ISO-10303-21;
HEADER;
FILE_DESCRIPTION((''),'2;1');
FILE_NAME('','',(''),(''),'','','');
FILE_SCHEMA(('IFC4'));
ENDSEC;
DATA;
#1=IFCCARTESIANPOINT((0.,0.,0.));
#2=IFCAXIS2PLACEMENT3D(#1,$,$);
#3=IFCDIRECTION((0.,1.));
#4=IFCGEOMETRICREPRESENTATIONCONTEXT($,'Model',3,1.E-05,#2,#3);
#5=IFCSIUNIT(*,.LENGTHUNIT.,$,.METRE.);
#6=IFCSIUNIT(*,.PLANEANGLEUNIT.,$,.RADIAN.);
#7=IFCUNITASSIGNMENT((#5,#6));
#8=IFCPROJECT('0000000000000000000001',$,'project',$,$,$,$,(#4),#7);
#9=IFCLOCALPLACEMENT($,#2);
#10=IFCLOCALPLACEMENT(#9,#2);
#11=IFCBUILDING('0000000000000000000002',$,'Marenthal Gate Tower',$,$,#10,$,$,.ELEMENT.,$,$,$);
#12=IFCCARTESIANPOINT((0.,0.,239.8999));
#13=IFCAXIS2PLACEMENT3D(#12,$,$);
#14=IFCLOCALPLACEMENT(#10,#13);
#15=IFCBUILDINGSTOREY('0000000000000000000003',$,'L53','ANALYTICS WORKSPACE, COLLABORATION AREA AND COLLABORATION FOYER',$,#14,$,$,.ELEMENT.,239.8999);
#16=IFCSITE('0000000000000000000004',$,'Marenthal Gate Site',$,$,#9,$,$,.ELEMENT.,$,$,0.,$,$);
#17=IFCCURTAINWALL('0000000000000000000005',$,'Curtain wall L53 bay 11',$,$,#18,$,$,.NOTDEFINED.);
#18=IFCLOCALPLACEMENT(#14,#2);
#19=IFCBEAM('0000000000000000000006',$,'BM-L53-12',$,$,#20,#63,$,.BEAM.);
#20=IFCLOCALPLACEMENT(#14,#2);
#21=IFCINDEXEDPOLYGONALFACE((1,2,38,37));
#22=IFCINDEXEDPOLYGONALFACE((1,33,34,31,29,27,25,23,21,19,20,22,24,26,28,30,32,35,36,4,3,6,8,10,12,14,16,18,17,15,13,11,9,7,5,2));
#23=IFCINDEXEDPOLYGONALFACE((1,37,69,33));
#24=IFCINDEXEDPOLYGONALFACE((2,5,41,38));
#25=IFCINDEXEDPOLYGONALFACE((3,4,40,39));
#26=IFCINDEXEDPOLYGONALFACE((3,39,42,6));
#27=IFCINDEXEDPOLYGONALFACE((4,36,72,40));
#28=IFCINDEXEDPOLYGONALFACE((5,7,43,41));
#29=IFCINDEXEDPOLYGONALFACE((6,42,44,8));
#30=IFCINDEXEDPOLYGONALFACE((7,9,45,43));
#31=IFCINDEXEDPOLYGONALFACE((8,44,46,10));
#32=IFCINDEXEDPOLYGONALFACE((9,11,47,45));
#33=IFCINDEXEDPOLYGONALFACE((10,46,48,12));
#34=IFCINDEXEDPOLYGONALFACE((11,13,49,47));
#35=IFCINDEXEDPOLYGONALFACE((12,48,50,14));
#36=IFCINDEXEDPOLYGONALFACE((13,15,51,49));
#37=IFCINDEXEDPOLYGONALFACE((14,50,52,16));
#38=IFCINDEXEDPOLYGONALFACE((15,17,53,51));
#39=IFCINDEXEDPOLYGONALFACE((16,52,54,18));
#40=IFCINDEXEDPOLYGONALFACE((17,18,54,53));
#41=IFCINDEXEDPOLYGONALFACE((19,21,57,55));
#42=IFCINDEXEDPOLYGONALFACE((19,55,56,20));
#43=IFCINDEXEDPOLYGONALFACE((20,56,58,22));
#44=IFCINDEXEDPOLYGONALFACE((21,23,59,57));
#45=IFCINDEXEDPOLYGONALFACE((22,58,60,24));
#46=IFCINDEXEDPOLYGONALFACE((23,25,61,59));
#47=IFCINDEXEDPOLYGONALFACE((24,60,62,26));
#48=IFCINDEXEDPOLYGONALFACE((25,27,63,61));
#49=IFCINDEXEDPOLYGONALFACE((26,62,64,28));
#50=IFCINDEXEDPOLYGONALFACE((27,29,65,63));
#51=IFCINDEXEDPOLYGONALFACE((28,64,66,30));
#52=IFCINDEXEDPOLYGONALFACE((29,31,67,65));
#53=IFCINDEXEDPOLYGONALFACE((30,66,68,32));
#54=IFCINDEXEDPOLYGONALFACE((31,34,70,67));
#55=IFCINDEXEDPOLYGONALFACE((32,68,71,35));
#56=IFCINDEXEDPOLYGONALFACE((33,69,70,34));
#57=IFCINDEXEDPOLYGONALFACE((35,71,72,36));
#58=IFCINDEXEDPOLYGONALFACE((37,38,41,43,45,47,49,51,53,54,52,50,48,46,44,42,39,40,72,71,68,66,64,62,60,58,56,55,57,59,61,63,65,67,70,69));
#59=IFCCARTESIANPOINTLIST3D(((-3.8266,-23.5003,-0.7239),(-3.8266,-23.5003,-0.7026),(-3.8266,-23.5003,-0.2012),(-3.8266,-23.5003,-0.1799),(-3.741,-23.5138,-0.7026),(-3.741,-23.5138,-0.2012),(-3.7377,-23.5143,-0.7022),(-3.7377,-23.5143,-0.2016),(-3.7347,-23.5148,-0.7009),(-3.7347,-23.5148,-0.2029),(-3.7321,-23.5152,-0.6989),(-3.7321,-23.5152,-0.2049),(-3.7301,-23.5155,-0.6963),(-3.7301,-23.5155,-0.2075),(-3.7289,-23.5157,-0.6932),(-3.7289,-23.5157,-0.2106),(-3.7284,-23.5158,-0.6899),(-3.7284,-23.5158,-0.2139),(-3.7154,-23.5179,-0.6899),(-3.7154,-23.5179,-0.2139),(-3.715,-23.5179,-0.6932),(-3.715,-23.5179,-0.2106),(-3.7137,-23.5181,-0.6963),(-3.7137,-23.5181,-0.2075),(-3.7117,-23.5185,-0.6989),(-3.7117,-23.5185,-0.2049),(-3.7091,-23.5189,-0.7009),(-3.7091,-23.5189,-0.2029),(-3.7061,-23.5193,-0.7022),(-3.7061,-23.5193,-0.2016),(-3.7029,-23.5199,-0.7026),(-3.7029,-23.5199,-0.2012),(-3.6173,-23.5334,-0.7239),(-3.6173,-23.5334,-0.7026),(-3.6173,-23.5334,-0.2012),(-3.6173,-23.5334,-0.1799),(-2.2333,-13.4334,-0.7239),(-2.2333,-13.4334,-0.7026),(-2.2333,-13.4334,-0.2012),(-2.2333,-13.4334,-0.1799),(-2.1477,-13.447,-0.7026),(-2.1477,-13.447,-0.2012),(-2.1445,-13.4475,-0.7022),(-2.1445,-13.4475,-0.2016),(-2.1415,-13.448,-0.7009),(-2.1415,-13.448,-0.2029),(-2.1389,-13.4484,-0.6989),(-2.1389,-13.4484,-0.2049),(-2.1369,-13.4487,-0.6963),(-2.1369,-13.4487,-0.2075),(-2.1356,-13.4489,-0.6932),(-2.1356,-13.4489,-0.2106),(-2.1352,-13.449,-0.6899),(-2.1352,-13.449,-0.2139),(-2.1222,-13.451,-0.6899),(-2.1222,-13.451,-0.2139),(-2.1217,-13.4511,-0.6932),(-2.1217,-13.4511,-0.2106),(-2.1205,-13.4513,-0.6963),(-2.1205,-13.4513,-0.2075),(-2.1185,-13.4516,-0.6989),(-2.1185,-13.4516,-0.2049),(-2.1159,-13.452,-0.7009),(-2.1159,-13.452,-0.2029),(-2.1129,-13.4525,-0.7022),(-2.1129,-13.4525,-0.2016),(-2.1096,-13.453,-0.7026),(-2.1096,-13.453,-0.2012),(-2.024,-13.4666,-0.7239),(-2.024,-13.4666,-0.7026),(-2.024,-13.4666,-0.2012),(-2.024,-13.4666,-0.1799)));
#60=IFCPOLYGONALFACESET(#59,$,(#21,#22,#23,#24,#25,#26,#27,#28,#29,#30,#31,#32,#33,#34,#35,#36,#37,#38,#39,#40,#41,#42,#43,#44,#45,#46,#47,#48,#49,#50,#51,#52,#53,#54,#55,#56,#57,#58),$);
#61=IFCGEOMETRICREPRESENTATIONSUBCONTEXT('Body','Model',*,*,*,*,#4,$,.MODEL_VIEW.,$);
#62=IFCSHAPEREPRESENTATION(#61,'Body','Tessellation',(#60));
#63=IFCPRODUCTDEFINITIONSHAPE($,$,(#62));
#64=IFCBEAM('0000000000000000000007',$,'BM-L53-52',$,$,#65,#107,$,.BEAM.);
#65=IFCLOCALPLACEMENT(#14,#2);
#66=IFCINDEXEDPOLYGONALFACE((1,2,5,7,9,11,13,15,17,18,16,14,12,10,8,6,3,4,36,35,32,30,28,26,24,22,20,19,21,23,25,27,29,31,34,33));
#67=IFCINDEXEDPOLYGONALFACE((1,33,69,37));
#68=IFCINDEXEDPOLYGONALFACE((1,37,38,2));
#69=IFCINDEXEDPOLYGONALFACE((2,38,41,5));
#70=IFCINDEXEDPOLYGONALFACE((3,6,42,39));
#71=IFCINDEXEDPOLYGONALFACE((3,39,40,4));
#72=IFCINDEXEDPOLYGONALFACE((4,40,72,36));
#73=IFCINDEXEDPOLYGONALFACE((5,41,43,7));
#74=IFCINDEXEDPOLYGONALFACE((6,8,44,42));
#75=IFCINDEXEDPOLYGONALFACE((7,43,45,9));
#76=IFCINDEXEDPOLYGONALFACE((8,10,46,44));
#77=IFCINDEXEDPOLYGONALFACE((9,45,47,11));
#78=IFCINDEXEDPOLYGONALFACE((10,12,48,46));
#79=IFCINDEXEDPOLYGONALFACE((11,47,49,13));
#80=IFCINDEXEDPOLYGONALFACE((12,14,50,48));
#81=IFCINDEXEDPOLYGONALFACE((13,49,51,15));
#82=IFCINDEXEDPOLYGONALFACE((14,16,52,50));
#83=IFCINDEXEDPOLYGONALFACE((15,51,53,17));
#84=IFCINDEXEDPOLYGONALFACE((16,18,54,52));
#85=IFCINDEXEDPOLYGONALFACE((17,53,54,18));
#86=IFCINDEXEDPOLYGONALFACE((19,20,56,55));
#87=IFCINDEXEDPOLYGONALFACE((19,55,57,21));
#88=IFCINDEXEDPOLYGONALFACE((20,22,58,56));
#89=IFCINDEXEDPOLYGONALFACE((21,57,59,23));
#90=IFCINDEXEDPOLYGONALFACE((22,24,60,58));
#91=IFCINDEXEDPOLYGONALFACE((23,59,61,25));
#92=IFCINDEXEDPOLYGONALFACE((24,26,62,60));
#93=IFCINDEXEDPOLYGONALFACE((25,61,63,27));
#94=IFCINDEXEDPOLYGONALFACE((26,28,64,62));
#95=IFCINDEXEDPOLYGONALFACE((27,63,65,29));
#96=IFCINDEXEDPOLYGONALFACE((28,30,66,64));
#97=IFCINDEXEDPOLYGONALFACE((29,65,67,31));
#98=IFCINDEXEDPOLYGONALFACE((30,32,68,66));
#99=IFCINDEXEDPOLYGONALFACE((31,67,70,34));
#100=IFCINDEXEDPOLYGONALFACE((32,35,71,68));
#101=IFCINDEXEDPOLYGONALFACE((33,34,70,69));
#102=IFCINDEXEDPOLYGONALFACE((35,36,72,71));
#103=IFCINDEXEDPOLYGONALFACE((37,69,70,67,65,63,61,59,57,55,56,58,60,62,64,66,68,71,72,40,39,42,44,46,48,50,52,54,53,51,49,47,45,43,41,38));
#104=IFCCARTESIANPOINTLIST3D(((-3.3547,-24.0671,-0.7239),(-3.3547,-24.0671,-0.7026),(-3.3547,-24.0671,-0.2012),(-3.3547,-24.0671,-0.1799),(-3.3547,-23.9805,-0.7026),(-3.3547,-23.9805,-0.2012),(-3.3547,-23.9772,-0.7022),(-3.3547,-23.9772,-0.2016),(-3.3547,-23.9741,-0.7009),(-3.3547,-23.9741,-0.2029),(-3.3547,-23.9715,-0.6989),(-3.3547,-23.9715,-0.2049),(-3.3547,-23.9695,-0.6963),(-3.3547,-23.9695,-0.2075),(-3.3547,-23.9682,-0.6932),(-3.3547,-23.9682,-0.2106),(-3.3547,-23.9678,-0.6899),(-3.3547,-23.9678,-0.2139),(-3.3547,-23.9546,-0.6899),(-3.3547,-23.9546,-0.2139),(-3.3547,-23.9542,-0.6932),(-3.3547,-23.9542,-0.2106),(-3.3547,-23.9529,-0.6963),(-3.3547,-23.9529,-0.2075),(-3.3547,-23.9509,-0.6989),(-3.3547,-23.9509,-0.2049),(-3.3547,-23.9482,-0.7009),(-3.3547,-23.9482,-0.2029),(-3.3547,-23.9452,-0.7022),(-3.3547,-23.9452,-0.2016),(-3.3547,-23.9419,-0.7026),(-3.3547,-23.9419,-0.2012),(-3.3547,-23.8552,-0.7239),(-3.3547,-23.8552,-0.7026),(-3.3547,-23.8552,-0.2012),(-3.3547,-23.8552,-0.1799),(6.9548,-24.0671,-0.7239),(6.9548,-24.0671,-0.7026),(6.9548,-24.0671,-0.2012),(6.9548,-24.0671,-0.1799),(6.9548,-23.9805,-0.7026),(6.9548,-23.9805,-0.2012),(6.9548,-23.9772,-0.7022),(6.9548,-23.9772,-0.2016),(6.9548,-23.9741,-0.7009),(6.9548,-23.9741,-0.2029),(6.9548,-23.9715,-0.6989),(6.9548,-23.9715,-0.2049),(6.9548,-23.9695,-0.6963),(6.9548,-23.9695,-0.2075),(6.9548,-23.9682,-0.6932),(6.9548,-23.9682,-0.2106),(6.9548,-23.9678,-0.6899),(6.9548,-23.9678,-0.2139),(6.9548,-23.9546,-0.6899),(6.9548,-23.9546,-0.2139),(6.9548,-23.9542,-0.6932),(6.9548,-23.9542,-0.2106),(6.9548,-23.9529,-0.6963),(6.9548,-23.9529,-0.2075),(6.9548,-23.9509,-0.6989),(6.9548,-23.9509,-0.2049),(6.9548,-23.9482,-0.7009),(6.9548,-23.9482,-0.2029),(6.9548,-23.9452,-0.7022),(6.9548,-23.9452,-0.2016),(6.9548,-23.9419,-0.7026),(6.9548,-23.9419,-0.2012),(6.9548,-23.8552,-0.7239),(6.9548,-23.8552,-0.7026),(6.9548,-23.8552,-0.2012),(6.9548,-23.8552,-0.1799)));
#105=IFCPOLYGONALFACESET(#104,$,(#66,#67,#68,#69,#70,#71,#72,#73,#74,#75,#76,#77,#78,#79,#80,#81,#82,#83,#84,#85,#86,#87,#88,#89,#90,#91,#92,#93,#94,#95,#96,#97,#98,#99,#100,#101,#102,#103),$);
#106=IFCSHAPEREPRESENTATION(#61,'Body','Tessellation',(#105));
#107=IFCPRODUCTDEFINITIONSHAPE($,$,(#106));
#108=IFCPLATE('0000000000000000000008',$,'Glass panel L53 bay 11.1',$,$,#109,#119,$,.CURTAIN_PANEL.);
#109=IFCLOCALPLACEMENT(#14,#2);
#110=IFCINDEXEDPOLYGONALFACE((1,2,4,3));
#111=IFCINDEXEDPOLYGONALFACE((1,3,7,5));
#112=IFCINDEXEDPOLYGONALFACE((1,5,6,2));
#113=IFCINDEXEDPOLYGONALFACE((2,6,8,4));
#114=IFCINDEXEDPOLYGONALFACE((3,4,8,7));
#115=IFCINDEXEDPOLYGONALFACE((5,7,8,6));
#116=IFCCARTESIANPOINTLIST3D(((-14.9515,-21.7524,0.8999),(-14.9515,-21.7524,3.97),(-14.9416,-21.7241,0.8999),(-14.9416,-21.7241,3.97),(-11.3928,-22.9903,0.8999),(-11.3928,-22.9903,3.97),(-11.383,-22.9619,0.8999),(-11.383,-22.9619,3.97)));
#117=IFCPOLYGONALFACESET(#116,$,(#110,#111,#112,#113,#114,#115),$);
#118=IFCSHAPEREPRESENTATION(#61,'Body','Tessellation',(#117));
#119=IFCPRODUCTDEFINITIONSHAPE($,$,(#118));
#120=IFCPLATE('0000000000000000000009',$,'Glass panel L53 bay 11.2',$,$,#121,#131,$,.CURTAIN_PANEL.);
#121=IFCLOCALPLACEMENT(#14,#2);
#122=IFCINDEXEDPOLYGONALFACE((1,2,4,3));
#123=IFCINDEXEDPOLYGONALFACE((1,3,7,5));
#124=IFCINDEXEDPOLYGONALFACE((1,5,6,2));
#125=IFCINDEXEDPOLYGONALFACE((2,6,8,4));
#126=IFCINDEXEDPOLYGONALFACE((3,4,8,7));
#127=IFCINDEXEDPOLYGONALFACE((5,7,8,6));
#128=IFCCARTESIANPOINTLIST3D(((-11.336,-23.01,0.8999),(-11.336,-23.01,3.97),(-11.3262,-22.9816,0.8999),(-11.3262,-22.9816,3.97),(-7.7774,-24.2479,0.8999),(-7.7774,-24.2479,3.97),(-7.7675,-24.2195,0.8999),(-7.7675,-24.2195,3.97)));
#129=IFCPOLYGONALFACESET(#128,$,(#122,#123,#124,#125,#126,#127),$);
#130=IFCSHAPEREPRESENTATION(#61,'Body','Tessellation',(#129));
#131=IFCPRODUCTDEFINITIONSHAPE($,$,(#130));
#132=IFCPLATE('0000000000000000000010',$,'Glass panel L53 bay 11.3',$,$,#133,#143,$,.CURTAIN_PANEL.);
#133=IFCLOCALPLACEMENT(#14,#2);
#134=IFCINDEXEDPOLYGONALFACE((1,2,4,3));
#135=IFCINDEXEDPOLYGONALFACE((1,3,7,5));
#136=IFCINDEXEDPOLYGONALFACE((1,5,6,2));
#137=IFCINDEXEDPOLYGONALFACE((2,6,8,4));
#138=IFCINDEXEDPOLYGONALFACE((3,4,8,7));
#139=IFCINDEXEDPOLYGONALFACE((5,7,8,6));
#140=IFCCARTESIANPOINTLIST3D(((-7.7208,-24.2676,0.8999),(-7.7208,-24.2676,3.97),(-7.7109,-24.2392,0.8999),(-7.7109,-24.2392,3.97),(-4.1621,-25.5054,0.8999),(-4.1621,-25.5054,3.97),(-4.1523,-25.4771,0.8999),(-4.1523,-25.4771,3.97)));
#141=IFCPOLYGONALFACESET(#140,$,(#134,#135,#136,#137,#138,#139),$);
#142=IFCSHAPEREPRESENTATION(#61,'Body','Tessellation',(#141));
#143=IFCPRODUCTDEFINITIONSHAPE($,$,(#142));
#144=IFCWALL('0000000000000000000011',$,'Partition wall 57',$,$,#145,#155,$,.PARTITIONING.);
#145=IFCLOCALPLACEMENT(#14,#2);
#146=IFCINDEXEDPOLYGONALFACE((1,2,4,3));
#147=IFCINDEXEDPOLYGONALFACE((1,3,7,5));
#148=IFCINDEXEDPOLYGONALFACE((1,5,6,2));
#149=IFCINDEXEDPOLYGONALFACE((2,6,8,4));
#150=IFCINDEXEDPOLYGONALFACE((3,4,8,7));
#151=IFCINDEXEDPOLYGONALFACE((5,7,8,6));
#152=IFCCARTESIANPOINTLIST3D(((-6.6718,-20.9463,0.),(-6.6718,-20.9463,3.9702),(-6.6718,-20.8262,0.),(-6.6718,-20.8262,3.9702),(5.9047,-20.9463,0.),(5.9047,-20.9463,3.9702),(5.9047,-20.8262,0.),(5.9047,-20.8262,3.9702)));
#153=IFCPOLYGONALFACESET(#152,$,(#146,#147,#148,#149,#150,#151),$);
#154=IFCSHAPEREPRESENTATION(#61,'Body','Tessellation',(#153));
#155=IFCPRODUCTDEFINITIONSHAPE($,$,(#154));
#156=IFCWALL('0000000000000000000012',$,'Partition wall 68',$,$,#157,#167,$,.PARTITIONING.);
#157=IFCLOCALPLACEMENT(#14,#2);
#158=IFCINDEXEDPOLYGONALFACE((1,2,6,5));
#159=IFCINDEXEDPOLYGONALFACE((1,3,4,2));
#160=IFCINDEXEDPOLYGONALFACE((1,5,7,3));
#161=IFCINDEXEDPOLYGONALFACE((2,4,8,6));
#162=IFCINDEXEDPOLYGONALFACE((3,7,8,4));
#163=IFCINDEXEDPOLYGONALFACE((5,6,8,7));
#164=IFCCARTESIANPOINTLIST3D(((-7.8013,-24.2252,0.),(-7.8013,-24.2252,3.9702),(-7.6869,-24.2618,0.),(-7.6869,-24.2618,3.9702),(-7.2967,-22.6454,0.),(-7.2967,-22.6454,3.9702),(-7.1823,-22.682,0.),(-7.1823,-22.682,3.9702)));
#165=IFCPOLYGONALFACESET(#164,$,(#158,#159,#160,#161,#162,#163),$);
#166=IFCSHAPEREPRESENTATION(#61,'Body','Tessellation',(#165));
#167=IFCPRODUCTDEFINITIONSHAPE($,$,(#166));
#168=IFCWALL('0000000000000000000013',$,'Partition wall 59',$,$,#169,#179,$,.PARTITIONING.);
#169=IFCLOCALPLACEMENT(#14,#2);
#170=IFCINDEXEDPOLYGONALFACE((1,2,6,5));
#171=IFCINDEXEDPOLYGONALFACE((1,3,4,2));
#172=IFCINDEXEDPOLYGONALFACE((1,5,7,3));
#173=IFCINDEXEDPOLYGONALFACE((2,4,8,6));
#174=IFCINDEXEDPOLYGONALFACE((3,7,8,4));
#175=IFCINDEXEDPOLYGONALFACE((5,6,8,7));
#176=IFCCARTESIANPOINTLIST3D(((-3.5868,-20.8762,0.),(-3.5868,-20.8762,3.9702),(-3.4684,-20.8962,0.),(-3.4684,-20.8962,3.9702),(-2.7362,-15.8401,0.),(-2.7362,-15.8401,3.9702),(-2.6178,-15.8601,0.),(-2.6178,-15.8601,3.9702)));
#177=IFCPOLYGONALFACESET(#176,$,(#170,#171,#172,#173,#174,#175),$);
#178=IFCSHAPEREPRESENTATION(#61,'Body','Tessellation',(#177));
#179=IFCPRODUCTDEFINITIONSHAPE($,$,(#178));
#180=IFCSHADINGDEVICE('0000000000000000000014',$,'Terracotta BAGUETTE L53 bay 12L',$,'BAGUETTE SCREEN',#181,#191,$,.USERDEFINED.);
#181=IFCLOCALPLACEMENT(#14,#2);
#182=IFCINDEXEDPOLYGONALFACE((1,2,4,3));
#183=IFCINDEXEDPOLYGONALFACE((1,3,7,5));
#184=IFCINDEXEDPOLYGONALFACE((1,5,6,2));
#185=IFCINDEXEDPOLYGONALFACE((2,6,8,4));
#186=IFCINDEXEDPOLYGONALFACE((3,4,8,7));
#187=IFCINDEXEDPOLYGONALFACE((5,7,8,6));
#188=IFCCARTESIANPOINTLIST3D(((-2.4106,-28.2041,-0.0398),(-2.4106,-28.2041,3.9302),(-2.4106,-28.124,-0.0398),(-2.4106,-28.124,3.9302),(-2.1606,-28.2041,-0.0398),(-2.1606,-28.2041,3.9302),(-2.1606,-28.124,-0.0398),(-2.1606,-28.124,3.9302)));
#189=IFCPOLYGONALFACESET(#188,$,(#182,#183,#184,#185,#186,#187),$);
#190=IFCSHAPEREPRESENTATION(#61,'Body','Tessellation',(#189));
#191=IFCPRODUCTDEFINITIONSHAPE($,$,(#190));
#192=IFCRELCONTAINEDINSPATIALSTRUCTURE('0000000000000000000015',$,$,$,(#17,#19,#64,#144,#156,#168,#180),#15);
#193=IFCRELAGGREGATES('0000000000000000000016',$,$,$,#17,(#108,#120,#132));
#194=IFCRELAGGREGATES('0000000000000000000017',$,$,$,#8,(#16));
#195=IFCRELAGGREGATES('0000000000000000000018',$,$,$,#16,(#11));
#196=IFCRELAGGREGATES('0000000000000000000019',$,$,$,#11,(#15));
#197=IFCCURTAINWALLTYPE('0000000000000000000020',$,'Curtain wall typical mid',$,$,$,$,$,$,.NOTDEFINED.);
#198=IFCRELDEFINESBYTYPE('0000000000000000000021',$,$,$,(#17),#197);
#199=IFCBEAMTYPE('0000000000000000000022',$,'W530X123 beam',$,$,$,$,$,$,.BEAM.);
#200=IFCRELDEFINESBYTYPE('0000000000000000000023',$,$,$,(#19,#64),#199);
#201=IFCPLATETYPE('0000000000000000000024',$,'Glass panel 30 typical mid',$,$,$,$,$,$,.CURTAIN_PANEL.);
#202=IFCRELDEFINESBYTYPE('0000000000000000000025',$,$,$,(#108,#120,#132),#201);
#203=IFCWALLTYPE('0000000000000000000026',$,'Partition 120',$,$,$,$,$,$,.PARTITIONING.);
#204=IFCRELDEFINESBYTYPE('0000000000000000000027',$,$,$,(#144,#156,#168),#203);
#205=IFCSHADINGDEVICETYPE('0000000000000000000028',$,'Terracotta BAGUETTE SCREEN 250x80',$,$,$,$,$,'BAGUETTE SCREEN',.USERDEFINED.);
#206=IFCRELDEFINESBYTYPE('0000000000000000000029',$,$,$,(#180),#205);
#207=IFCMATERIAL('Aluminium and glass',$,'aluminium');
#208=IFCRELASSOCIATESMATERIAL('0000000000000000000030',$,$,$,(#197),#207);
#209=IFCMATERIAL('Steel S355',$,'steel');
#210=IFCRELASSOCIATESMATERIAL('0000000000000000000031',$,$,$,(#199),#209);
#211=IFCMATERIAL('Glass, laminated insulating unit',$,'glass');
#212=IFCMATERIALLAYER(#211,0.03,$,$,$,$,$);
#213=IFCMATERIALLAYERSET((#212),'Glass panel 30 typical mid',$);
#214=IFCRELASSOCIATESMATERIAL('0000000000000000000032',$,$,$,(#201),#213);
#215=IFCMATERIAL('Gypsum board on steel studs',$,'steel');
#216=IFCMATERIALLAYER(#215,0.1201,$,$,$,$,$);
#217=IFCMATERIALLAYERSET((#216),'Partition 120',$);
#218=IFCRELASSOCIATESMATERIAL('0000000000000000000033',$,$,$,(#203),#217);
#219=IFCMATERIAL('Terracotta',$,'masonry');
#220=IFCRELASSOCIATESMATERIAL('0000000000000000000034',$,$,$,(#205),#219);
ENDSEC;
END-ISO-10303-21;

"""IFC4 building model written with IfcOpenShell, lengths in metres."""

from ifc_helpers import new_model, si_unit, direction, frame, frame_2d, origin, origin_2d, place, context, subcontext, project, spatial, rectangle, i_section, extrude, material, layer, layer_set, material_profile, profile_set, type_object, element, aggregate, save


model = new_model("IFC4")

# Units and contexts
model_context = context("Model", 3, precision=1e-05, world=origin(), true_north=direction((0.0, 1.0)))
body_context = subcontext(model_context, "Body", "Model", "MODEL_VIEW")
ifc_project = project(units=[si_unit("LENGTHUNIT", "METRE"), si_unit("PLANEANGLEUNIT", "RADIAN")], contexts=[model_context])

# Site, building, storey
site_placement = place(None, origin())
site = spatial("IfcSite", under=ifc_project, at=site_placement, Name="Marenthal Gate Site", CompositionType="ELEMENT", RefElevation=0.0)
building_placement = place(site_placement, origin())
building = spatial("IfcBuilding", under=site, at=building_placement, Name="Marenthal Gate Tower", CompositionType="ELEMENT")
storey_placement = place(building_placement, frame((0.0, 0.0, 239.8999)))
storey = spatial("IfcBuildingStorey", under=building, at=storey_placement, Name="L53", Description="ANALYTICS WORKSPACE, COLLABORATION AREA AND COLLABORATION FOYER", CompositionType="ELEMENT", Elevation=239.8999)

# Curtain wall
ifc_material_1 = material(Name="Aluminium and glass", Category="aluminium")
curtain_wall_type = type_object("IfcCurtainWallType", Name="Curtain wall typical mid", PredefinedType="NOTDEFINED", material=ifc_material_1)
curtain_wall_placement = place(storey_placement, origin())
curtain_wall = element("IfcCurtainWall", 1, at=curtain_wall_placement, inside=storey, type_object=curtain_wall_type, Name="Curtain wall L53 bay 11", PredefinedType="NOTDEFINED")

# Beams
ifc_material_2 = material(Name="Steel S355", Category="steel")
ifc_material_profile_1 = material_profile(ifc_material_2, i_section(OverallWidth=0.2119, OverallDepth=0.5439, WebThickness=0.0132, FlangeThickness=0.0212, FilletRadius=0.0127, at=origin_2d()), Name="W530X123")
ifc_profile_set_1 = profile_set([ifc_material_profile_1], Name="Steel S355")
beam_type_1 = type_object("IfcBeamType", Name="W530X123 beam", PredefinedType="BEAM", material=ifc_profile_set_1)
beam_1_placement = place(storey_placement, frame((-3.7219, -23.5168, -0.4519), z_axis=(0.156322, 0.987706, 0.0), x_axis=(-0.987706, 0.156322, 0.0)))
element("IfcBeam", 2, at=beam_1_placement, inside=storey, type_object=beam_type_1, Name="BM-L53-12", PredefinedType="BEAM", context=body_context, shape_type="SweptSolid", body=[
    extrude(i_section(OverallWidth=0.2119, OverallDepth=0.5439, WebThickness=0.0132, FlangeThickness=0.0212, FilletRadius=0.0127, at=origin_2d()), origin(), (0.0, 0.0, 1.0), 10.1921),
])
beam_2_placement = place(storey_placement, frame((-3.3547, -23.9612, -0.4519), z_axis=(1.0, 0.0, 0.0), x_axis=(0.0, 1.0, 0.0)))
element("IfcBeam", 3, at=beam_2_placement, inside=storey, type_object=beam_type_1, Name="BM-L53-52", PredefinedType="BEAM", context=body_context, shape_type="SweptSolid", body=[
    extrude(i_section(OverallWidth=0.2119, OverallDepth=0.5439, WebThickness=0.0132, FlangeThickness=0.0212, FilletRadius=0.0127, at=origin_2d()), origin(), (0.0, 0.0, 1.0), 10.3096),
])

# Plates
ifc_material_3 = material(Name="Glass, laminated insulating unit", Category="glass")
ifc_layer_1 = layer(ifc_material_3, 0.03)
ifc_layer_set_1 = layer_set([ifc_layer_1], Name="Glass panel 30 typical mid")
plate_type = type_object("IfcPlateType", Name="Glass panel 30 typical mid", PredefinedType="CURTAIN_PANEL", material=ifc_layer_set_1)
plate_1_placement = place(storey_placement, frame((-13.1672, -22.3572, 0.8999), z_axis=(0.0, 0.0, 1.0), x_axis=(0.94449, -0.32854, 0.0)))
plate_1 = element("IfcPlate", 4, at=plate_1_placement, type_object=plate_type, Name="Glass panel L53 bay 11.1", PredefinedType="CURTAIN_PANEL", context=body_context, shape_type="SweptSolid", body=[
    extrude(rectangle(XDim=3.7678, YDim=0.03, at=origin_2d()), origin(), (0.0, 0.0, 1.0), 3.0701),
])
plate_2_placement = place(storey_placement, frame((-9.5518, -23.6147, 0.8999), z_axis=(0.0, 0.0, 1.0), x_axis=(0.94449, -0.32854, 0.0)))
plate_2 = element("IfcPlate", 5, at=plate_2_placement, type_object=plate_type, Name="Glass panel L53 bay 11.2", PredefinedType="CURTAIN_PANEL", context=body_context, shape_type="SweptSolid", body=[
    extrude(rectangle(XDim=3.7678, YDim=0.03, at=origin_2d()), origin(), (0.0, 0.0, 1.0), 3.0701),
])
plate_3_placement = place(storey_placement, frame((-5.9365, -24.8723, 0.8999), z_axis=(0.0, 0.0, 1.0), x_axis=(0.94449, -0.32854, 0.0)))
plate_3 = element("IfcPlate", 6, at=plate_3_placement, type_object=plate_type, Name="Glass panel L53 bay 11.3", PredefinedType="CURTAIN_PANEL", context=body_context, shape_type="SweptSolid", body=[
    extrude(rectangle(XDim=3.7678, YDim=0.03, at=origin_2d()), origin(), (0.0, 0.0, 1.0), 3.0701),
])
aggregate(curtain_wall, [plate_1, plate_2, plate_3])

# Walls
ifc_material_4 = material(Name="Gypsum board on steel studs", Category="steel")
ifc_layer_2 = layer(ifc_material_4, 0.1201)
ifc_layer_set_2 = layer_set([ifc_layer_2], Name="Partition 120")
wall_type_1 = type_object("IfcWallType", Name="Partition 120", PredefinedType="PARTITIONING", material=ifc_layer_set_2)
wall_1_placement = place(storey_placement, frame((-6.6716, -20.8862, 0.0), z_axis=(0.0, 0.0, 1.0), x_axis=(1.0, 0.0, 0.0)))
element("IfcWall", 7, at=wall_1_placement, inside=storey, type_object=wall_type_1, Name="Partition wall 57", PredefinedType="PARTITIONING", context=body_context, shape_type="SweptSolid", body=[
    extrude(rectangle(XDim=12.5764, YDim=0.1201, at=frame_2d((6.2881, 0.0))), origin(), (0.0, 0.0, 1.0), 3.9702),
])
wall_2_placement = place(storey_placement, frame((-7.2395, -22.6638, 0.0), z_axis=(0.0, 0.0, 1.0), x_axis=(-0.304279, -0.952583, 0.0)))
element("IfcWall", 8, at=wall_2_placement, inside=storey, type_object=wall_type_1, Name="Partition wall 68", PredefinedType="PARTITIONING", context=body_context, shape_type="SweptSolid", body=[
    extrude(rectangle(XDim=1.6584, YDim=0.1201, at=frame_2d((0.8291, 0.0))), origin(), (0.0, 0.0, 1.0), 3.9702),
])
wall_3_placement = place(storey_placement, frame((-3.5276, -20.8862, 0.0), z_axis=(0.0, 0.0, 1.0), x_axis=(0.166538, 0.986035, 0.0)))
element("IfcWall", 9, at=wall_3_placement, inside=storey, type_object=wall_type_1, Name="Partition wall 59", PredefinedType="PARTITIONING", context=body_context, shape_type="SweptSolid", body=[
    extrude(rectangle(XDim=5.1074, YDim=0.1201, at=frame_2d((2.5537, 0.0))), origin(), (0.0, 0.0, 1.0), 3.9702),
])

# Shading device
ifc_material_5 = material(Name="Terracotta", Category="masonry")
ifc_material_profile_2 = material_profile(ifc_material_5, rectangle(XDim=0.25, YDim=0.0801, at=origin_2d()), Name="Terracotta baguette 250x80")
ifc_profile_set_2 = profile_set([ifc_material_profile_2], Name="Terracotta")
shading_device_type = type_object("IfcShadingDeviceType", Name="Terracotta BAGUETTE SCREEN 250x80", ElementType="BAGUETTE SCREEN", PredefinedType="USERDEFINED", material=ifc_profile_set_2)
shading_device_placement = place(storey_placement, frame((-2.2856, -28.1641, -0.0398), z_axis=(0.0, 0.0, 1.0), x_axis=(1.0, 0.0, 0.0)))
element("IfcShadingDevice", 10, at=shading_device_placement, inside=storey, type_object=shading_device_type, Name="Terracotta BAGUETTE L53 bay 12L", ObjectType="BAGUETTE SCREEN", PredefinedType="USERDEFINED", context=body_context, shape_type="SweptSolid", body=[
    extrude(rectangle(XDim=0.25, YDim=0.0801, at=origin_2d()), origin(), (0.0, 0.0, 1.0), 3.97),
])

save(model, "model.ifc")
